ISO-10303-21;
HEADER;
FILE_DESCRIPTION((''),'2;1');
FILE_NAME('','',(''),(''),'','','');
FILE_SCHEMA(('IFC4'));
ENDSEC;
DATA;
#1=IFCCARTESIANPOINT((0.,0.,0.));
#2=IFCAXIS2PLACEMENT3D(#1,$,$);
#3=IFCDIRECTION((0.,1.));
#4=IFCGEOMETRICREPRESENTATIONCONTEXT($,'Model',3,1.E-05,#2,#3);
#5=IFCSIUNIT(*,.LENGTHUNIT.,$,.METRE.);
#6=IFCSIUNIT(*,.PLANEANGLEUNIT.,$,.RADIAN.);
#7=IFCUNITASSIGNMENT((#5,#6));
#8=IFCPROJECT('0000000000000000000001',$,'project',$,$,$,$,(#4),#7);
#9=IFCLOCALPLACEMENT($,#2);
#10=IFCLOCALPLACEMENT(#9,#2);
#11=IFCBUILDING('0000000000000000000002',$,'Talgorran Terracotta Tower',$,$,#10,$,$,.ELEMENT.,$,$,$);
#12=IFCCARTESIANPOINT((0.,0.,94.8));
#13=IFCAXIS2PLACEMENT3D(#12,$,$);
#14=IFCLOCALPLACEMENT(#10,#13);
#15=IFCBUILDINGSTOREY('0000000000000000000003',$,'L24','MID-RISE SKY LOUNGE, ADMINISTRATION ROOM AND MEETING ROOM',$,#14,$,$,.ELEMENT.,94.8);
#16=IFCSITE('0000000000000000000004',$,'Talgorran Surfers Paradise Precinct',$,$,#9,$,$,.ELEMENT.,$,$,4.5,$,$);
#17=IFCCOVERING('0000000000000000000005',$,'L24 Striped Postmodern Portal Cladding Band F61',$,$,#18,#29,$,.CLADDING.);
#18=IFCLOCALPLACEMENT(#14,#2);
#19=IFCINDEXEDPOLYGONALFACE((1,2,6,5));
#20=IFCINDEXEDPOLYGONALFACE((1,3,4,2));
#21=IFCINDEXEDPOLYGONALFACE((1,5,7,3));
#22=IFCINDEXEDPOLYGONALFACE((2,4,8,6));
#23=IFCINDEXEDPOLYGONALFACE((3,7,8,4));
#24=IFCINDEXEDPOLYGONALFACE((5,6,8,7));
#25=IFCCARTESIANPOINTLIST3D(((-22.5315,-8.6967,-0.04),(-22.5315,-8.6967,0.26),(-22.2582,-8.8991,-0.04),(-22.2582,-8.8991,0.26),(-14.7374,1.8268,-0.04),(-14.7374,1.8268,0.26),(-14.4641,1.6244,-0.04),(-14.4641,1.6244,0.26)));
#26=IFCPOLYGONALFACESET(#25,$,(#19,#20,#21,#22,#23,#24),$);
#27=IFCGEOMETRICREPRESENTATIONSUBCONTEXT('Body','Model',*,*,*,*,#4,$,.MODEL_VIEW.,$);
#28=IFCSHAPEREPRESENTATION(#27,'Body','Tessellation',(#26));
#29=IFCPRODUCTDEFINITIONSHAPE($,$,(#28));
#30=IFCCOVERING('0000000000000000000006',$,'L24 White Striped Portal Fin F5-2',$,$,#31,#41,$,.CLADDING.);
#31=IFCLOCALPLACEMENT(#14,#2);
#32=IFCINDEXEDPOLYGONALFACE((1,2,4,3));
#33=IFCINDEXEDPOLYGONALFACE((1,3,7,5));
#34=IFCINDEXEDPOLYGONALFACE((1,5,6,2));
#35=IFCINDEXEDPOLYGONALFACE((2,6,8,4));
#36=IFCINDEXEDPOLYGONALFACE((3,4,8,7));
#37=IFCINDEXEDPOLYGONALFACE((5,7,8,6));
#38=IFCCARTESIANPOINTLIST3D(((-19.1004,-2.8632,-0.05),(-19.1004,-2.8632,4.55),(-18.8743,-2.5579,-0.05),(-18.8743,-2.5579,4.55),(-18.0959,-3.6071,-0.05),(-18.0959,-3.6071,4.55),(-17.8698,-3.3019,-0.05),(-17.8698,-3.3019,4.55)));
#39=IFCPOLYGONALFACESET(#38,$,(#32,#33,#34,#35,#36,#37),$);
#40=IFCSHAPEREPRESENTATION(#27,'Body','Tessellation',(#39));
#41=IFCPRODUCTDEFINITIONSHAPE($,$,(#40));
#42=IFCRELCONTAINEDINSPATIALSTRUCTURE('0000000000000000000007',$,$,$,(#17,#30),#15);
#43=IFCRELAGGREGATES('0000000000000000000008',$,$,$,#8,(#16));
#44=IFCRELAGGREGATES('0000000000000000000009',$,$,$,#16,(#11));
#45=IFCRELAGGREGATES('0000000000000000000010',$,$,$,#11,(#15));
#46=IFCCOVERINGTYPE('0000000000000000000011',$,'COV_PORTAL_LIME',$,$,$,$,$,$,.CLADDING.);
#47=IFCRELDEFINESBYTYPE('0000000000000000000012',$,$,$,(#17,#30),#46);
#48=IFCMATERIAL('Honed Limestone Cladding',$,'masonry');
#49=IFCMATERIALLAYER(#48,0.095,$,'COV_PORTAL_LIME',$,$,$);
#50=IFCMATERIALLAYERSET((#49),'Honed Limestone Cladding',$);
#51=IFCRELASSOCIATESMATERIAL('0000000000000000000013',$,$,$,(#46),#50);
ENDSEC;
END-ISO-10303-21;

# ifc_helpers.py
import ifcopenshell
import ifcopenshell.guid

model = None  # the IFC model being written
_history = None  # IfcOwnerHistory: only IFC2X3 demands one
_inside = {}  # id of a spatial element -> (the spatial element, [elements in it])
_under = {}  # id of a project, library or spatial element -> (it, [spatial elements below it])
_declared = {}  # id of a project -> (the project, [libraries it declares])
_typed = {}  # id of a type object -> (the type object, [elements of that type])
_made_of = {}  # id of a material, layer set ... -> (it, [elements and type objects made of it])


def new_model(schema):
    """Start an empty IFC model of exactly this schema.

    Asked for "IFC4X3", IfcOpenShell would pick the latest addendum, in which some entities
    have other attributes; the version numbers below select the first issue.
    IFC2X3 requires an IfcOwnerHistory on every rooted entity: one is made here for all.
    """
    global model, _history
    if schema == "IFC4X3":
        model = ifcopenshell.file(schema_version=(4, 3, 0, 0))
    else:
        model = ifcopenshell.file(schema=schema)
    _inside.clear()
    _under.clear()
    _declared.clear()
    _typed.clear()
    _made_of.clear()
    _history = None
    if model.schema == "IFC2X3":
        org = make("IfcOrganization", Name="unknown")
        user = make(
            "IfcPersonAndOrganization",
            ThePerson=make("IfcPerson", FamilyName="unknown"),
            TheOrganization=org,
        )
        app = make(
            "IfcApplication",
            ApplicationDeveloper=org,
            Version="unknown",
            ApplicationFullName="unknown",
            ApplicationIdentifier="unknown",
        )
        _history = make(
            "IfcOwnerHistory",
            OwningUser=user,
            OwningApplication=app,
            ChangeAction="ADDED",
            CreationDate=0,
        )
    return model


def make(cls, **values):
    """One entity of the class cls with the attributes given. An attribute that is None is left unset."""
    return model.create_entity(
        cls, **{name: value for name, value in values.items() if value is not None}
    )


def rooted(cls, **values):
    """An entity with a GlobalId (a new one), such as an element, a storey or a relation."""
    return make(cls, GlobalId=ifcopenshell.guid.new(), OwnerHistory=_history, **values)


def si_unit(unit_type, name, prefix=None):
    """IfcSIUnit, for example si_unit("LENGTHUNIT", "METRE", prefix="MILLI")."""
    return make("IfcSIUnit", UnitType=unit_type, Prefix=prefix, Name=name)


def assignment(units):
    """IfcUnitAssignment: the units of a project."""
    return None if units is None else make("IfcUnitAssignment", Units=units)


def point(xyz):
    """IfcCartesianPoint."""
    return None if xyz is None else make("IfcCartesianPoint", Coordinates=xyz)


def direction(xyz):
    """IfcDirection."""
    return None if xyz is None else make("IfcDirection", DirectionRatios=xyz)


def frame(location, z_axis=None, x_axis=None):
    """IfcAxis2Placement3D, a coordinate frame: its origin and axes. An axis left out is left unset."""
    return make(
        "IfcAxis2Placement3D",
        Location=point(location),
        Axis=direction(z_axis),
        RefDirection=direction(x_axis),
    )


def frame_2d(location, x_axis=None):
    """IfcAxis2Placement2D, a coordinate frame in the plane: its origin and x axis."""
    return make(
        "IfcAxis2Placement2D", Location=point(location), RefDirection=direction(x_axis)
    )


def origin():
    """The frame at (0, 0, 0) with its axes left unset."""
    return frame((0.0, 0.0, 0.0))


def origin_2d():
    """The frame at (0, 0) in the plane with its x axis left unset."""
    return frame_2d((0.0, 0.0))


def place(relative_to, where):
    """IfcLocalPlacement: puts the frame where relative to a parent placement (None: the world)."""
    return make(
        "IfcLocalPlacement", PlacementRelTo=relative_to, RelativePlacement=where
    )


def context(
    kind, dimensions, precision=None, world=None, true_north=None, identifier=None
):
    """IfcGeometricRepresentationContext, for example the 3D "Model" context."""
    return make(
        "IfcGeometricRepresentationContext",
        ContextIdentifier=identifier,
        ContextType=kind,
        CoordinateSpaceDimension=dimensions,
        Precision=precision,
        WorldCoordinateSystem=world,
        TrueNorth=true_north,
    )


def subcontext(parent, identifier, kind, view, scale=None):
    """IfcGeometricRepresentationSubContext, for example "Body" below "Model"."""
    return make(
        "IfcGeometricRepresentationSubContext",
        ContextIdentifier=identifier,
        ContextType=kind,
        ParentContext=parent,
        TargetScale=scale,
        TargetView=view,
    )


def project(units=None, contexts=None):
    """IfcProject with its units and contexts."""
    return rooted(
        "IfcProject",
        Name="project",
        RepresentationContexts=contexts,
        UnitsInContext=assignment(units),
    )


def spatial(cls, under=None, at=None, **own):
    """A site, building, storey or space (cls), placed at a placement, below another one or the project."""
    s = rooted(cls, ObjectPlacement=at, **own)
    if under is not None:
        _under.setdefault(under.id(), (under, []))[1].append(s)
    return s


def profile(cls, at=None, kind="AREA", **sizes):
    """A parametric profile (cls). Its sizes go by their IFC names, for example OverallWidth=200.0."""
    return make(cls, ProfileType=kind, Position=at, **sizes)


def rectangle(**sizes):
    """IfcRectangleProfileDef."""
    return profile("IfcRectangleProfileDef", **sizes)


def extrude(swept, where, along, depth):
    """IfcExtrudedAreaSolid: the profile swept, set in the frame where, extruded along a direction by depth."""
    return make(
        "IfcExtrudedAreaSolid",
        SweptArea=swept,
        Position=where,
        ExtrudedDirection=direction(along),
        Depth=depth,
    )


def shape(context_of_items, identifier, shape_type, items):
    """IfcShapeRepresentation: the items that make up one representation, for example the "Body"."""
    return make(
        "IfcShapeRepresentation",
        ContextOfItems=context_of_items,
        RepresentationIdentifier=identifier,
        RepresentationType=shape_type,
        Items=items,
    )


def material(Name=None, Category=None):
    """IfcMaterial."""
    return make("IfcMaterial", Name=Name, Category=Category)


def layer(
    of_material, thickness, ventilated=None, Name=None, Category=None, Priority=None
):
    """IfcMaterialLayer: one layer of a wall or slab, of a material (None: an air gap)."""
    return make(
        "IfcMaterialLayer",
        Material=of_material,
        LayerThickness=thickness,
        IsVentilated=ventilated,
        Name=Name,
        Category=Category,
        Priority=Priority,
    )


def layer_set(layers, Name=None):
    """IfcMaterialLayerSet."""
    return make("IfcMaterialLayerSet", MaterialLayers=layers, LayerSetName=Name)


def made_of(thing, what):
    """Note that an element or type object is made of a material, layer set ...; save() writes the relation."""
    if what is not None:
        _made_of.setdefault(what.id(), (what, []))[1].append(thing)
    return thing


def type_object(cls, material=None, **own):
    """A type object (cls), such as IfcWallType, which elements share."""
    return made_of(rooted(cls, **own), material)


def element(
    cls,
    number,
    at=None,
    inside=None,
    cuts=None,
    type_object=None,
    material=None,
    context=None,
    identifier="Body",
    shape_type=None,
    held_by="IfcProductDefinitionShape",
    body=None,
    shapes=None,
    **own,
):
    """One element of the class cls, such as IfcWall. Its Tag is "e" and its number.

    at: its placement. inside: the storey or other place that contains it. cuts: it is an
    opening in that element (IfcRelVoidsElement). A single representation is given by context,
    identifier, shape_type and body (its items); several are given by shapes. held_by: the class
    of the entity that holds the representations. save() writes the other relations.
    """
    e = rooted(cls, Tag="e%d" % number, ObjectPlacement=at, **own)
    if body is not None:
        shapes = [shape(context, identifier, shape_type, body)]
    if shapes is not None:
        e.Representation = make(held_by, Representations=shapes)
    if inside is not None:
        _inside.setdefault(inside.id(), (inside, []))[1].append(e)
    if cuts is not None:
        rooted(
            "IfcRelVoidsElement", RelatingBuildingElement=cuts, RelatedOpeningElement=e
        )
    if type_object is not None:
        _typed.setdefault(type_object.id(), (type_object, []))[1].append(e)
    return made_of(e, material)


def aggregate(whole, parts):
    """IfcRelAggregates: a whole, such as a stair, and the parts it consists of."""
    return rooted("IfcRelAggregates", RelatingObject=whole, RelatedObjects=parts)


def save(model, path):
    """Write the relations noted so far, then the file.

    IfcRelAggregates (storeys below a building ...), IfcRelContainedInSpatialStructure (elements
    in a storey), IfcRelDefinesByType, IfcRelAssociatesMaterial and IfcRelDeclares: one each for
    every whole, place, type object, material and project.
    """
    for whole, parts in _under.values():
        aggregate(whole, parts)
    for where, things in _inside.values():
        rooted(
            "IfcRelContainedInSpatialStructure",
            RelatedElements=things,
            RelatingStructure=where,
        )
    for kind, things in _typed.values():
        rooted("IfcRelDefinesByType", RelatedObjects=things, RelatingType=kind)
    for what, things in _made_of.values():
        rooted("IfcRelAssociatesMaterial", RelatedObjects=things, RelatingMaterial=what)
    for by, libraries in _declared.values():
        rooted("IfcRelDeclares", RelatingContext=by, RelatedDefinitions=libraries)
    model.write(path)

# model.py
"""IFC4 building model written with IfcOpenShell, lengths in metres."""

from ifc_helpers import new_model, si_unit, direction, frame, origin, origin_2d, place, context, subcontext, project, spatial, rectangle, extrude, material, layer, layer_set, type_object, element, save


model = new_model("IFC4")

# Units and contexts
model_context = context("Model", 3, precision=1e-05, world=origin(), true_north=direction((0.0, 1.0)))
body_context = subcontext(model_context, "Body", "Model", "MODEL_VIEW")
ifc_project = project(units=[si_unit("LENGTHUNIT", "METRE"), si_unit("PLANEANGLEUNIT", "RADIAN")], contexts=[model_context])

# Site, building, storey
site_placement = place(None, origin())
site = spatial("IfcSite", under=ifc_project, at=site_placement, Name="Talgorran Surfers Paradise Precinct", CompositionType="ELEMENT", RefElevation=4.5)
building_placement = place(site_placement, origin())
building = spatial("IfcBuilding", under=site, at=building_placement, Name="Talgorran Terracotta Tower", CompositionType="ELEMENT")
storey_placement = place(building_placement, frame((0.0, 0.0, 94.8)))
storey = spatial("IfcBuildingStorey", under=building, at=storey_placement, Name="L24", Description="MID-RISE SKY LOUNGE, ADMINISTRATION ROOM AND MEETING ROOM", CompositionType="ELEMENT", Elevation=94.8)

# Coverings
ifc_material_1 = material(Name="Honed Limestone Cladding", Category="masonry")
ifc_layer_1 = layer(ifc_material_1, 0.095, Name="COV_PORTAL_LIME")
ifc_layer_set_1 = layer_set([ifc_layer_1], Name="Honed Limestone Cladding")
covering_type_1 = type_object("IfcCoveringType", Name="COV_PORTAL_LIME", PredefinedType="CLADDING", material=ifc_layer_set_1)
covering_1_placement = place(storey_placement, frame((-18.4978, -3.5361, -0.04), z_axis=(0.0, 0.0, 1.0), x_axis=(-0.595173, -0.803597, 0.0)))
element("IfcCovering", 1, at=covering_1_placement, inside=storey, type_object=covering_type_1, Name="L24 Striped Postmodern Portal Cladding Band F61", PredefinedType="CLADDING", context=body_context, shape_type="SweptSolid", body=[
    extrude(rectangle(XDim=13.0955, YDim=0.3401, at=origin_2d()), origin(), (0.0, 0.0, 1.0), 0.3),
])
covering_2_placement = place(storey_placement, frame((-18.4851, -3.0825, -0.05), z_axis=(0.0, 0.0, 1.0), x_axis=(-0.595173, -0.803597, 0.0)))
element("IfcCovering", 2, at=covering_2_placement, inside=storey, type_object=covering_type_1, Name="L24 White Striped Portal Fin F5-2", PredefinedType="CLADDING", context=body_context, shape_type="SweptSolid", body=[
    extrude(rectangle(XDim=0.3799, YDim=1.25, at=origin_2d()), origin(), (0.0, 0.0, 1.0), 4.6001),
])

save(model, "model.ifc")
